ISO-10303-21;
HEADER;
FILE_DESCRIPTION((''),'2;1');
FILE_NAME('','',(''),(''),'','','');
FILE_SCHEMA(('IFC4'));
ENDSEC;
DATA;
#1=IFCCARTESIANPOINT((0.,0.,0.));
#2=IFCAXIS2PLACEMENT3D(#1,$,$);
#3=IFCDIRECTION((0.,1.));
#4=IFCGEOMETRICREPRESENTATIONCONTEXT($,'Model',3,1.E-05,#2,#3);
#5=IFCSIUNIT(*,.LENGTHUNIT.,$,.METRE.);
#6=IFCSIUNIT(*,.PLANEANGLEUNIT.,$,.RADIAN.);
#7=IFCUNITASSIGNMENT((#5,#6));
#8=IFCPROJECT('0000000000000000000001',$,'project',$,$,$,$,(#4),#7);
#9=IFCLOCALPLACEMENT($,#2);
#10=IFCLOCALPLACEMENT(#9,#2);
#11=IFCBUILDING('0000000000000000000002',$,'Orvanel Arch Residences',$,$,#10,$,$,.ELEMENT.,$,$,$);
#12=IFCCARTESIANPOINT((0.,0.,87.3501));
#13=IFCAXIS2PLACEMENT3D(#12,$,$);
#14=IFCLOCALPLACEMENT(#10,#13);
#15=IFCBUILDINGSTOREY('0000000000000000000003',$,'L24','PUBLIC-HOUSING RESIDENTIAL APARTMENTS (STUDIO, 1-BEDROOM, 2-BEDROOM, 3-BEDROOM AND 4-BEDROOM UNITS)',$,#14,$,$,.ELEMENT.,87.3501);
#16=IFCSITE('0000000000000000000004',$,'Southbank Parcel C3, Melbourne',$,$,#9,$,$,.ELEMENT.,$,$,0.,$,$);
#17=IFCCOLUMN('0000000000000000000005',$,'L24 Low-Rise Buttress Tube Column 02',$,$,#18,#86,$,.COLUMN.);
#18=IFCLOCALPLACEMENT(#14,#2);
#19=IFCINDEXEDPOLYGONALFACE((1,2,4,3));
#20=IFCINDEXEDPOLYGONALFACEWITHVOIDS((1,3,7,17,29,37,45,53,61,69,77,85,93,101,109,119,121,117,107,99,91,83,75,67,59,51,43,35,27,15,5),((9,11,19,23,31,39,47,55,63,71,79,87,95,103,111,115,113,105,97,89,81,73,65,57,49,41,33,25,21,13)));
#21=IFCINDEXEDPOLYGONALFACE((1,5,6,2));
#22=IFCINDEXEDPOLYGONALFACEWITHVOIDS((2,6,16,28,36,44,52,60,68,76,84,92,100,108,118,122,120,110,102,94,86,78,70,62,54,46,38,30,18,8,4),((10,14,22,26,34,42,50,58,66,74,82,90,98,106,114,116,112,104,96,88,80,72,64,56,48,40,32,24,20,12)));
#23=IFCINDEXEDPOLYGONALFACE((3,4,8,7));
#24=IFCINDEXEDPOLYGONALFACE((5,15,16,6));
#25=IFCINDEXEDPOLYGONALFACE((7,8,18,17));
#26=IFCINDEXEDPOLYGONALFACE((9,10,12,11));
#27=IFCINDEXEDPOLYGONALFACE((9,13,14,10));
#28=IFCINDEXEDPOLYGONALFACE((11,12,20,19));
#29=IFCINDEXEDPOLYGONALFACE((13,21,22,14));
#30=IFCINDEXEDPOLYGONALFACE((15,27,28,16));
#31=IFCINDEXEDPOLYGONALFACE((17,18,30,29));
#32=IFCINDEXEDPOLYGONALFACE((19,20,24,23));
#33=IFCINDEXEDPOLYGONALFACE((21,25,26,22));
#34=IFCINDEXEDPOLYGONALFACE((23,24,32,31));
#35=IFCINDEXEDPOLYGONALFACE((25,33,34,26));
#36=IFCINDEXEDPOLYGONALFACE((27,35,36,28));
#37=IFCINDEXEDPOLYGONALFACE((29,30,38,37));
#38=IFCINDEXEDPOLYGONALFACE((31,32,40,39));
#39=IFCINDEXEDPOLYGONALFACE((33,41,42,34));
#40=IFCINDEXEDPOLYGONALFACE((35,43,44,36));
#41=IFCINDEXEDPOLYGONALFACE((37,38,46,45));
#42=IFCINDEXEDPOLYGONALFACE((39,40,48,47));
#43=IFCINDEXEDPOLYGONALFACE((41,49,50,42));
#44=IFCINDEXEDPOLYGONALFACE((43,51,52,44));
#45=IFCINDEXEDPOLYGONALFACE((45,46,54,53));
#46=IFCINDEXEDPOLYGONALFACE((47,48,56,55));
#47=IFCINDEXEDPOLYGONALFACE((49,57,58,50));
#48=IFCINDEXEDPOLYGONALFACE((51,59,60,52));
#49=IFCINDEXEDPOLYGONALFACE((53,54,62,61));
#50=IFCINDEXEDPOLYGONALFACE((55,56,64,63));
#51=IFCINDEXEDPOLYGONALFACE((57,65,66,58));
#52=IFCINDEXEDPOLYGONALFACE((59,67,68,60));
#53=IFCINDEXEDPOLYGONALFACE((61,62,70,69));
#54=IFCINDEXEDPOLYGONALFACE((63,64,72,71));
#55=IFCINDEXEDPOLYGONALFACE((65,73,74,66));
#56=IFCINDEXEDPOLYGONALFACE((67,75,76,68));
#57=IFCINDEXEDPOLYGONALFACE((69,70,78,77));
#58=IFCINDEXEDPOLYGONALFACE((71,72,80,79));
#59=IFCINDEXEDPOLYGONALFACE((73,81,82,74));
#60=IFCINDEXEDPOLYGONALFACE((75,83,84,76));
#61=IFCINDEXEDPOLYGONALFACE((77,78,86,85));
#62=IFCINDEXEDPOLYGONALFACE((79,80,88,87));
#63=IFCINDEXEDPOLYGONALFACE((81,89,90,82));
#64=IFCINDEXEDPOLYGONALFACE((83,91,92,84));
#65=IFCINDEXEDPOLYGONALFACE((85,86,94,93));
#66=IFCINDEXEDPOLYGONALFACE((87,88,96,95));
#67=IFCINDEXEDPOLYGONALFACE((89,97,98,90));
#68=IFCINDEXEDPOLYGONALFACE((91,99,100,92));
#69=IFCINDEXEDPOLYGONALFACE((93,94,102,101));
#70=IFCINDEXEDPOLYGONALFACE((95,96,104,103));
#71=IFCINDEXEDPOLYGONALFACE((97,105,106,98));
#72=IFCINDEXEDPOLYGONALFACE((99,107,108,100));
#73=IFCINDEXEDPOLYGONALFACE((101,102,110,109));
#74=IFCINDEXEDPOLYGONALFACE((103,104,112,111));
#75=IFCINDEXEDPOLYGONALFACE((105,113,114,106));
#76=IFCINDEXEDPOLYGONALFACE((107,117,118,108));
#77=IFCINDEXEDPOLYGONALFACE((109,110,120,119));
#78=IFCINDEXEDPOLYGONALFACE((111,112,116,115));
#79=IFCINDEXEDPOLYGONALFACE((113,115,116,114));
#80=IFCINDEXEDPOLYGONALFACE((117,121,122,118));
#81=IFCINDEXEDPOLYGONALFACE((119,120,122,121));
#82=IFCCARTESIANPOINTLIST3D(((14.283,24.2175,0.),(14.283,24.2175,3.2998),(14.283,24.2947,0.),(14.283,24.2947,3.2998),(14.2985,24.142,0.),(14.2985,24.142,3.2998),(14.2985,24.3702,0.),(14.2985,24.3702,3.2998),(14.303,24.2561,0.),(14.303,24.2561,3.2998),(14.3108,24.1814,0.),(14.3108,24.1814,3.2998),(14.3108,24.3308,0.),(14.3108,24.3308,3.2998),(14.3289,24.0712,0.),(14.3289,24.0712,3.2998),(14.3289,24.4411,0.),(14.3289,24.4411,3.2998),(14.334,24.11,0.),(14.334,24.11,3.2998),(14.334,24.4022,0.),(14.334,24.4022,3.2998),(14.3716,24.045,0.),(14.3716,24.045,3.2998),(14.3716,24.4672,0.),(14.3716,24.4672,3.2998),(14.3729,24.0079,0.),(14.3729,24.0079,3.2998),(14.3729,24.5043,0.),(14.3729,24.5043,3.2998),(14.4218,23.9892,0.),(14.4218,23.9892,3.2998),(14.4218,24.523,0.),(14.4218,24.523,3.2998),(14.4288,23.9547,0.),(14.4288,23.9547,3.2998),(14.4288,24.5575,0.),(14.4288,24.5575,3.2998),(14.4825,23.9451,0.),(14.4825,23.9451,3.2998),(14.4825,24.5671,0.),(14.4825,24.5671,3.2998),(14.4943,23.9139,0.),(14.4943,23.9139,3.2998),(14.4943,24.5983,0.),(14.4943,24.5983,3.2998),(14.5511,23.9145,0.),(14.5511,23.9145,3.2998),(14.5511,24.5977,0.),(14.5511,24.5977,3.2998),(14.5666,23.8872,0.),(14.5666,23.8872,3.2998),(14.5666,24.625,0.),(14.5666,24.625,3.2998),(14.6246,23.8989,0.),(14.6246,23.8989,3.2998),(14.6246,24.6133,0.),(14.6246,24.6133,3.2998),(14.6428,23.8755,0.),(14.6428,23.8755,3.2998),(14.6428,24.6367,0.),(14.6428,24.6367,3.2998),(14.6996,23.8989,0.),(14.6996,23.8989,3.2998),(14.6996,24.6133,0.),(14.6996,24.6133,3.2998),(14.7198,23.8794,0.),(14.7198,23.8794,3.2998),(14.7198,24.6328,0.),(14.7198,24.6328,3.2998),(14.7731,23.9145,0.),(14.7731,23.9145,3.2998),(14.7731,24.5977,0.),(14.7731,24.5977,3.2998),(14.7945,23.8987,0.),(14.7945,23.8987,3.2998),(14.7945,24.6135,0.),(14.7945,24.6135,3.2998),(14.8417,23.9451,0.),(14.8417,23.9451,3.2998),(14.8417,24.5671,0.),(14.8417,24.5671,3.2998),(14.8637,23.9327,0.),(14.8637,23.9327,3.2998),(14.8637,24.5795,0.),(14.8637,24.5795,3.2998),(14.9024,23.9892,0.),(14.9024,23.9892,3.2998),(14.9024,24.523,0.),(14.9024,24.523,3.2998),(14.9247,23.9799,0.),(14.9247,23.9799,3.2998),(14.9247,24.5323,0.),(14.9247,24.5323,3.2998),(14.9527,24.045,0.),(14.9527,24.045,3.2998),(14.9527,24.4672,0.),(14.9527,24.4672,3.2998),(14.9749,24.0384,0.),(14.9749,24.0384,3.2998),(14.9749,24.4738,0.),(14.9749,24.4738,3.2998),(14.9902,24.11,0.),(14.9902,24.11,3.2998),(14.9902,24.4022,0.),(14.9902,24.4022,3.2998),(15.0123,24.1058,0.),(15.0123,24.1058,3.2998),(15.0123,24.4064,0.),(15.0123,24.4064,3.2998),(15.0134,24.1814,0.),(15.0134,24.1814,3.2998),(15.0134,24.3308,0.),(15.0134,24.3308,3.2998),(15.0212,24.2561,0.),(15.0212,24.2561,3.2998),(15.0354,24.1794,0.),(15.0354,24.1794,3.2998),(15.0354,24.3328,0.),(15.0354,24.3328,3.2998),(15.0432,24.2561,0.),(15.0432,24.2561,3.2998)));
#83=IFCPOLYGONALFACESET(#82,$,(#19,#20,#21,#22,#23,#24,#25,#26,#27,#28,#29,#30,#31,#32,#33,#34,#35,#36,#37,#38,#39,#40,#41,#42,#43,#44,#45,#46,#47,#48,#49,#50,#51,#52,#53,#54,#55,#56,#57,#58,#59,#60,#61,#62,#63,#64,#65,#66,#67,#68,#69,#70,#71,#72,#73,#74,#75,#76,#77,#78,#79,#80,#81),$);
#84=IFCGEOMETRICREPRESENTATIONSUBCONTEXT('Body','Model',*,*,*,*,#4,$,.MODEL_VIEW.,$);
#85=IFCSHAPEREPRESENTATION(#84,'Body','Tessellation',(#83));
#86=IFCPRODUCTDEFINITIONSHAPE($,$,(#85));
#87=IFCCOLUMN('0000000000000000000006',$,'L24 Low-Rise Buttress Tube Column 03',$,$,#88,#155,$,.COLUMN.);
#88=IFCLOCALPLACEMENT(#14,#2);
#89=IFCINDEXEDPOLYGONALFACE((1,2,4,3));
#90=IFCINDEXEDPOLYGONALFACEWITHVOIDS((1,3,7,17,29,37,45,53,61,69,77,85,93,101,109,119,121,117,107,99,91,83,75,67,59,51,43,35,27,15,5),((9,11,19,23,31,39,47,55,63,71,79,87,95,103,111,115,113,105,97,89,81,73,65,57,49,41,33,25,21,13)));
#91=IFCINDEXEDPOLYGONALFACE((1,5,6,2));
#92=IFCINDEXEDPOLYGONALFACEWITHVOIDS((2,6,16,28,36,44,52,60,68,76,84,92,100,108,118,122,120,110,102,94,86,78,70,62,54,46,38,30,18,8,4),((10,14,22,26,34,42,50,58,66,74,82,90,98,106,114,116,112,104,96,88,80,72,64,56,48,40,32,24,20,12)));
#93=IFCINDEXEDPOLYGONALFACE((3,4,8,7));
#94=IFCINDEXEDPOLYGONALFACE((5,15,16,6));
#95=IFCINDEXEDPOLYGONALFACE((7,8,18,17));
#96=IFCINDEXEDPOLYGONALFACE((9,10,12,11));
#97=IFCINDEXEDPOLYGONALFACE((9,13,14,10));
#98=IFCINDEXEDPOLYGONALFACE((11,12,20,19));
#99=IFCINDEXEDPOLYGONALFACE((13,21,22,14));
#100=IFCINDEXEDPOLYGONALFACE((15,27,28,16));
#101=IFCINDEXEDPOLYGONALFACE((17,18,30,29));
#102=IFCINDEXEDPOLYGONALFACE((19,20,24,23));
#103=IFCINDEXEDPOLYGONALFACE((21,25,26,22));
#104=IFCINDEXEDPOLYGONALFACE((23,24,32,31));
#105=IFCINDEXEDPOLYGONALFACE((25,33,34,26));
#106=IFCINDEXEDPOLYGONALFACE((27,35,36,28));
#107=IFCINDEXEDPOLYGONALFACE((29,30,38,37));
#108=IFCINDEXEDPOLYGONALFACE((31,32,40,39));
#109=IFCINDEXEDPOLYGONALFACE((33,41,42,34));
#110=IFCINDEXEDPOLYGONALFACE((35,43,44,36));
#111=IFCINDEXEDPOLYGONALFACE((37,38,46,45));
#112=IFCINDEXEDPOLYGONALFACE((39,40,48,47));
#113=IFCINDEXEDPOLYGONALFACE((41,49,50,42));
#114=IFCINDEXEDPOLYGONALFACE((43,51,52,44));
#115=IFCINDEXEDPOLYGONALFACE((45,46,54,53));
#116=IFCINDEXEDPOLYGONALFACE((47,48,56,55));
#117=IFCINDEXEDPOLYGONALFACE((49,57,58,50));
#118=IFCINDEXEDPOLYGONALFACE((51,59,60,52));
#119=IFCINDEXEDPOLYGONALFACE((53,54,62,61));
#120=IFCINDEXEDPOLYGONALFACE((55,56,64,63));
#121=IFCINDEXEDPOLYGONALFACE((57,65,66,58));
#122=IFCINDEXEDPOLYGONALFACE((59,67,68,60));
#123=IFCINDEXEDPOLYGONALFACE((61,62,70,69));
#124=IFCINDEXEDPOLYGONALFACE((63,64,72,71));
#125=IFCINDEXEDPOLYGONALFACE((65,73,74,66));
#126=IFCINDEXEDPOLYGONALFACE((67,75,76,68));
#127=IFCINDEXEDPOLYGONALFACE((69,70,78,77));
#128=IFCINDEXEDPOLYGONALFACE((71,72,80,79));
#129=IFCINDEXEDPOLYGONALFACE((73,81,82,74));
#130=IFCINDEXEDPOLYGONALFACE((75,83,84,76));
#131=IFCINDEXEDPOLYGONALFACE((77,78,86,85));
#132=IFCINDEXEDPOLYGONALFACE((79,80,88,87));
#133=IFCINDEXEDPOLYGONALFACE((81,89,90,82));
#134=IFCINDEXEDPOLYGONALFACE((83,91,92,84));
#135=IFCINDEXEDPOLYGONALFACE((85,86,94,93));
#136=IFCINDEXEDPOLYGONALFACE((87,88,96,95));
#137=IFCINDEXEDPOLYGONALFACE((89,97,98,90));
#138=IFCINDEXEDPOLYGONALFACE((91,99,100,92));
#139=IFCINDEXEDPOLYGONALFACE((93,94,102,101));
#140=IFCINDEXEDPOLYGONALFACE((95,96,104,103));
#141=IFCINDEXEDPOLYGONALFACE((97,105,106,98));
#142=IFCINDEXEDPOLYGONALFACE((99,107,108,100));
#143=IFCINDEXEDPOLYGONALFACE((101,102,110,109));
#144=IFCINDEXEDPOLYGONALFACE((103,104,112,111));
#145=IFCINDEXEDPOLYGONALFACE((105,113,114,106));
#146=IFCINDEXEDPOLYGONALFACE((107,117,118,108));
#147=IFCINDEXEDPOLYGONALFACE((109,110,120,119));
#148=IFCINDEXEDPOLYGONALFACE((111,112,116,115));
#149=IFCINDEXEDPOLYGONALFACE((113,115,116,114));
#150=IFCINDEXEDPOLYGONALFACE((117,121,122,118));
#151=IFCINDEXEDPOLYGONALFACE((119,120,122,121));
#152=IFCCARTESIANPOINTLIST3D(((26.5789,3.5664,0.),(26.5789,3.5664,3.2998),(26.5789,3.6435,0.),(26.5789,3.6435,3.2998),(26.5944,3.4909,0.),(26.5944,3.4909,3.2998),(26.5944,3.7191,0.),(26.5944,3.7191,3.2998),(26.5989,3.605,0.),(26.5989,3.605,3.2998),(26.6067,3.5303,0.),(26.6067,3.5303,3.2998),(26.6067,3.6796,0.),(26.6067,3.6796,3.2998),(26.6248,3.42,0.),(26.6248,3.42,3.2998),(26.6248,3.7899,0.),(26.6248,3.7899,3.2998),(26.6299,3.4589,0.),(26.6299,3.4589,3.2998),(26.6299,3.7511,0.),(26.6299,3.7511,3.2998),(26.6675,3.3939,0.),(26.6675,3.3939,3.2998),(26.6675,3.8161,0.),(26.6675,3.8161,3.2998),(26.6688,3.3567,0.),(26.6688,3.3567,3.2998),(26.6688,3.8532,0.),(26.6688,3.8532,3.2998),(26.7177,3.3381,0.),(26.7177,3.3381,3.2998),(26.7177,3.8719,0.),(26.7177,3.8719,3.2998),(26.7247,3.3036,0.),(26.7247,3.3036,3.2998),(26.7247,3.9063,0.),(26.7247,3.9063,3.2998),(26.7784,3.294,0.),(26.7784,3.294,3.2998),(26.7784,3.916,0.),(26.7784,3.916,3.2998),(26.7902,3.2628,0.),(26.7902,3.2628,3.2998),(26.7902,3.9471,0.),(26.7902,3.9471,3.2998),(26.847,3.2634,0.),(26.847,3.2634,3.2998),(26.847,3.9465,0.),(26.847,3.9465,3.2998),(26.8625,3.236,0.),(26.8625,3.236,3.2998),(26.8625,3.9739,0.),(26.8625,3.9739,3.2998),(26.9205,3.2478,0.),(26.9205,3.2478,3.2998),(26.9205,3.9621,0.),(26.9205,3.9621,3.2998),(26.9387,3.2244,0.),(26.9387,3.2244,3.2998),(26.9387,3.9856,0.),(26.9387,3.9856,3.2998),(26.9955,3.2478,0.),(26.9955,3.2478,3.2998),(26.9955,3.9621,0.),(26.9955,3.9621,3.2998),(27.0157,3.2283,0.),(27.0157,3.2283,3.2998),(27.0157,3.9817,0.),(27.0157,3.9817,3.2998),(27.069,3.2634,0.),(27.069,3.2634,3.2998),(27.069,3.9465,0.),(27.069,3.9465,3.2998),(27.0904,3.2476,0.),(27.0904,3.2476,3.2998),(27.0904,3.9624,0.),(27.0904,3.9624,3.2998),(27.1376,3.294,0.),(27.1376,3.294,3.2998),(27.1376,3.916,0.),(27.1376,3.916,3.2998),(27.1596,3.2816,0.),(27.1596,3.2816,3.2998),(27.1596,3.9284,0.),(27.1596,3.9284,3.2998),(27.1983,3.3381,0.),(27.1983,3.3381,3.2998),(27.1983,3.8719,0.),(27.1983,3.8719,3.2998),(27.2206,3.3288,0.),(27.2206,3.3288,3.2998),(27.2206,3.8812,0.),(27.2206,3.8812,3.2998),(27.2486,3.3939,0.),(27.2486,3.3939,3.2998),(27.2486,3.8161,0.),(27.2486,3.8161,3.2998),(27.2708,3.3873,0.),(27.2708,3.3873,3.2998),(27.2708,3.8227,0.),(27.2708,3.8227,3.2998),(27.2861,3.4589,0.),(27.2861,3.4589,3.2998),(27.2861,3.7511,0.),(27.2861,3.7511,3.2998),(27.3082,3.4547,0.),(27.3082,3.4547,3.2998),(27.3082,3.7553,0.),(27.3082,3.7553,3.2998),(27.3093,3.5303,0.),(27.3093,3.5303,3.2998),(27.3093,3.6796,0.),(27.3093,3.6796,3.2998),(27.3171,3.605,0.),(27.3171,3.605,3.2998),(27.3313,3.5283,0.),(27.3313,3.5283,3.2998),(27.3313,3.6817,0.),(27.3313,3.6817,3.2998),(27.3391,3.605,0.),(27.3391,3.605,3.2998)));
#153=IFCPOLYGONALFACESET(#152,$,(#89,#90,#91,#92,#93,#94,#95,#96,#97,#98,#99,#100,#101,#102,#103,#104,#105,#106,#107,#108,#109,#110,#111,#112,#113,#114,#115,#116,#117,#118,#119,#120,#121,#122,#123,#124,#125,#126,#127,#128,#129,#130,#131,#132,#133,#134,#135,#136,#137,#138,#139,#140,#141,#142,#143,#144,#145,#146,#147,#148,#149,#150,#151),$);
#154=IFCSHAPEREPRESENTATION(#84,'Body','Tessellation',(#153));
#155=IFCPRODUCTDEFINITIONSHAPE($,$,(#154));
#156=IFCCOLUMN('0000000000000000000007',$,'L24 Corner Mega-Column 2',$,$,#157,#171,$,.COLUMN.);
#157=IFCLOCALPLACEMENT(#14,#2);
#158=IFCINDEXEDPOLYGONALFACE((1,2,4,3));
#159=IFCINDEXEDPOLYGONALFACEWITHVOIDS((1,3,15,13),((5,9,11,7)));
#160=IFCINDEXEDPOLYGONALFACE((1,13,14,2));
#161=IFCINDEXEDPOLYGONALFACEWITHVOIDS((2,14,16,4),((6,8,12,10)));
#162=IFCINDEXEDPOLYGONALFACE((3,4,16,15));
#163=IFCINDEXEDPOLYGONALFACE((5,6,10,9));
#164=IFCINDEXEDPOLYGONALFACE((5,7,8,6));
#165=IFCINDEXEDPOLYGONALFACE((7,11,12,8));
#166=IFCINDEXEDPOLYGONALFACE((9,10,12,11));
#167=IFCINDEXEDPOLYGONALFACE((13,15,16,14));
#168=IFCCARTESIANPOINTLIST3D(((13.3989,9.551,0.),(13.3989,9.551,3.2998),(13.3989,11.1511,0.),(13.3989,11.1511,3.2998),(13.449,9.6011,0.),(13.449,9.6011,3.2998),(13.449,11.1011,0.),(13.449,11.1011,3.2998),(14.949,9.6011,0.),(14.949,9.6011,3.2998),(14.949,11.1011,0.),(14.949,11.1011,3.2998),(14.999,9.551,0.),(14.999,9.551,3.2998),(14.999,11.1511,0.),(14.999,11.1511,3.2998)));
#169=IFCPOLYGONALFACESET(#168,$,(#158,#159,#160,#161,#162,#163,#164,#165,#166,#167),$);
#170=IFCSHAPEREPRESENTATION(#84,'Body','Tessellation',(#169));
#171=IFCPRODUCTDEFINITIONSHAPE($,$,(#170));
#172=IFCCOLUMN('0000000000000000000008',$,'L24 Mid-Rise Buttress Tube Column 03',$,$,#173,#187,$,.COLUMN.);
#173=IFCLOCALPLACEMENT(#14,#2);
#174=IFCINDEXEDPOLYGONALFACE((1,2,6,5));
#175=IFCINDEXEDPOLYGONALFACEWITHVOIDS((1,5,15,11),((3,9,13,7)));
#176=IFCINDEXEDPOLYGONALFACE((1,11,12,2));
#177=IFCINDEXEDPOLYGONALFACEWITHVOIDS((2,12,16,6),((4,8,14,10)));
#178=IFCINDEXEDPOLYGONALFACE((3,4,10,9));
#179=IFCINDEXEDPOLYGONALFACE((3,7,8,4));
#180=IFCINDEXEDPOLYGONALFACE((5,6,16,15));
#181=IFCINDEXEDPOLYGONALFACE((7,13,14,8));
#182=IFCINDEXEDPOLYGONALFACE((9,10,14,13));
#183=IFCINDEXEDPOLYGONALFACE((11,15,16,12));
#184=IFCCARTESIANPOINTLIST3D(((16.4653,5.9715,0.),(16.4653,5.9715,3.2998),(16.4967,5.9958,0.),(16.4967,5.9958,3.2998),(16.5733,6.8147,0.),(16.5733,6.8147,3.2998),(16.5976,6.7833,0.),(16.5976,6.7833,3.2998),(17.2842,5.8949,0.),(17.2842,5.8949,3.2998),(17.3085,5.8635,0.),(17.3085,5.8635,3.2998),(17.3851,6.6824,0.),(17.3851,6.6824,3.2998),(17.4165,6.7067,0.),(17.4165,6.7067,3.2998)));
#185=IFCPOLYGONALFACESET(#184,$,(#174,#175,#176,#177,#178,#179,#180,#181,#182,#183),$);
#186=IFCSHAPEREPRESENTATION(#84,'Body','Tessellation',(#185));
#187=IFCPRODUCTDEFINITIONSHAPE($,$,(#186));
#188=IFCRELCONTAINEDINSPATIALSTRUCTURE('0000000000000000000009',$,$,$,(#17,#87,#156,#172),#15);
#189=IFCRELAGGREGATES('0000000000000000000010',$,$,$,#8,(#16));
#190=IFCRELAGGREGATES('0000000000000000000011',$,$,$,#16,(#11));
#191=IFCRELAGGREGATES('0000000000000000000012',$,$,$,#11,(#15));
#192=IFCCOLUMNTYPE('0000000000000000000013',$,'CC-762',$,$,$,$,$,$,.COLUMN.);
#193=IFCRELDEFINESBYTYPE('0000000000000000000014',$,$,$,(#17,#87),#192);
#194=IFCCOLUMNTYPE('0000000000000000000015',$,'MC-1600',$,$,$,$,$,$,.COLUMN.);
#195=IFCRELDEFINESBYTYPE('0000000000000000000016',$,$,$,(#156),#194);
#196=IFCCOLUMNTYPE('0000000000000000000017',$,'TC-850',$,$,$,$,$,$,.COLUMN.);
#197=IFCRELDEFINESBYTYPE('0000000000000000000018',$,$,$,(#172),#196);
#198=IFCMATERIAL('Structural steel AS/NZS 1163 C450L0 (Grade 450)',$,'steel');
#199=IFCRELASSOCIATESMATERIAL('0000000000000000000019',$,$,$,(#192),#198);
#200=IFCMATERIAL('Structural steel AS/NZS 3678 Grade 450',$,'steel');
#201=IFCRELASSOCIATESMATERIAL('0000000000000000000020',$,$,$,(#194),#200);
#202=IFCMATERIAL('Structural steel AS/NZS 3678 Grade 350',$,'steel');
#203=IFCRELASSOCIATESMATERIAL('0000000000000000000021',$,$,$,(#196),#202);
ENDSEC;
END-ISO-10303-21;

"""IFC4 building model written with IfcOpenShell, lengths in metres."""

from ifc_helpers import new_model, si_unit, direction, frame, origin, origin_2d, place, context, subcontext, project, spatial, hollow_rectangle, hollow_circle, extrude, material, material_profile, profile_set, type_object, element, save


model = new_model("IFC4")

# Units and contexts
model_context = context("Model", 3, precision=1e-05, world=origin(), true_north=direction((0.0, 1.0)))
body_context = subcontext(model_context, "Body", "Model", "MODEL_VIEW")
ifc_project = project(units=[si_unit("LENGTHUNIT", "METRE"), si_unit("PLANEANGLEUNIT", "RADIAN")], contexts=[model_context])

# Site, building, storey
site_placement = place(None, origin())
site = spatial("IfcSite", under=ifc_project, at=site_placement, Name="Southbank Parcel C3, Melbourne", CompositionType="ELEMENT", RefElevation=0.0)
building_placement = place(site_placement, origin())
building = spatial("IfcBuilding", under=site, at=building_placement, Name="Orvanel Arch Residences", CompositionType="ELEMENT")
storey_placement = place(building_placement, frame((0.0, 0.0, 87.3501)))
storey = spatial("IfcBuildingStorey", under=building, at=storey_placement, Name="L24", Description="PUBLIC-HOUSING RESIDENTIAL APARTMENTS (STUDIO, 1-BEDROOM, 2-BEDROOM, 3-BEDROOM AND 4-BEDROOM UNITS)", CompositionType="ELEMENT", Elevation=87.3501)

# Columns
ifc_material_1 = material(Name="Structural steel AS/NZS 1163 C450L0 (Grade 450)", Category="steel")
ifc_material_profile_1 = material_profile(ifc_material_1, hollow_circle(Radius=0.3811, WallThickness=0.022, at=origin_2d()), Name="CHS762x22")
ifc_profile_set_1 = profile_set([ifc_material_profile_1], Name="Structural steel AS/NZS 1163 C450L0 (Grade 450)")
column_type_1 = type_object("IfcColumnType", Name="CC-762", PredefinedType="COLUMN", material=ifc_profile_set_1)
for number, where, z_axis, x_axis, name in (
    (1, (14.6621, 24.2561, 0.0), (0.0, 0.0, 1.0), (1.0, 0.0, 0.0), "L24 Low-Rise Buttress Tube Column 02"),
    (2, (26.958, 3.605, 0.0), (0.0, 0.0, 1.0), (1.0, 0.0, 0.0), "L24 Low-Rise Buttress Tube Column 03"),
):
    element("IfcColumn", number, at=place(storey_placement, frame(where, z_axis=z_axis, x_axis=x_axis)), inside=storey, type_object=column_type_1, Name=name, PredefinedType="COLUMN", context=body_context, shape_type="SweptSolid", body=[
        extrude(hollow_circle(Radius=0.3811, WallThickness=0.022, at=origin_2d()), origin(), (0.0, 0.0, 1.0), 3.2998),
    ])
ifc_material_2 = material(Name="Structural steel AS/NZS 3678 Grade 450", Category="steel")
ifc_material_profile_2 = material_profile(ifc_material_2, hollow_rectangle(XDim=1.6001, YDim=1.6001, WallThickness=0.05, at=origin_2d()), Name="BOX1600x1600x50")
ifc_profile_set_2 = profile_set([ifc_material_profile_2], Name="Structural steel AS/NZS 3678 Grade 450")
column_type_2 = type_object("IfcColumnType", Name="MC-1600", PredefinedType="COLUMN", material=ifc_profile_set_2)
column_1_placement = place(storey_placement, frame((14.199, 10.3511, 0.0), z_axis=(0.0, 0.0, 1.0), x_axis=(1.0, 0.0, 0.0)))
element("IfcColumn", 3, at=column_1_placement, inside=storey, type_object=column_type_2, Name="L24 Corner Mega-Column 2", PredefinedType="COLUMN", context=body_context, shape_type="SweptSolid", body=[
    extrude(hollow_rectangle(XDim=1.6001, YDim=1.6001, WallThickness=0.05, at=origin_2d()), origin(), (0.0, 0.0, 1.0), 3.2998),
])
ifc_material_3 = material(Name="Structural steel AS/NZS 3678 Grade 350", Category="steel")
ifc_material_profile_3 = material_profile(ifc_material_3, hollow_rectangle(XDim=0.8501, YDim=0.8501, WallThickness=0.0281, at=origin_2d()), Name="BOX850x850x28")
ifc_profile_set_3 = profile_set([ifc_material_profile_3], Name="Structural steel AS/NZS 3678 Grade 350")
column_type_3 = type_object("IfcColumnType", Name="TC-850", PredefinedType="COLUMN", material=ifc_profile_set_3)
column_2_placement = place(storey_placement, frame((16.9409, 6.3391, 0.0), z_axis=(0.0, 0.0, 1.0), x_axis=(-0.991894, 0.127065, 0.0)))
element("IfcColumn", 4, at=column_2_placement, inside=storey, type_object=column_type_3, Name="L24 Mid-Rise Buttress Tube Column 03", PredefinedType="COLUMN", context=body_context, shape_type="SweptSolid", body=[
    extrude(hollow_rectangle(XDim=0.8501, YDim=0.8501, WallThickness=0.0281, at=origin_2d()), origin(), (0.0, 0.0, 1.0), 3.2998),
])

save(model, "model.ifc")
